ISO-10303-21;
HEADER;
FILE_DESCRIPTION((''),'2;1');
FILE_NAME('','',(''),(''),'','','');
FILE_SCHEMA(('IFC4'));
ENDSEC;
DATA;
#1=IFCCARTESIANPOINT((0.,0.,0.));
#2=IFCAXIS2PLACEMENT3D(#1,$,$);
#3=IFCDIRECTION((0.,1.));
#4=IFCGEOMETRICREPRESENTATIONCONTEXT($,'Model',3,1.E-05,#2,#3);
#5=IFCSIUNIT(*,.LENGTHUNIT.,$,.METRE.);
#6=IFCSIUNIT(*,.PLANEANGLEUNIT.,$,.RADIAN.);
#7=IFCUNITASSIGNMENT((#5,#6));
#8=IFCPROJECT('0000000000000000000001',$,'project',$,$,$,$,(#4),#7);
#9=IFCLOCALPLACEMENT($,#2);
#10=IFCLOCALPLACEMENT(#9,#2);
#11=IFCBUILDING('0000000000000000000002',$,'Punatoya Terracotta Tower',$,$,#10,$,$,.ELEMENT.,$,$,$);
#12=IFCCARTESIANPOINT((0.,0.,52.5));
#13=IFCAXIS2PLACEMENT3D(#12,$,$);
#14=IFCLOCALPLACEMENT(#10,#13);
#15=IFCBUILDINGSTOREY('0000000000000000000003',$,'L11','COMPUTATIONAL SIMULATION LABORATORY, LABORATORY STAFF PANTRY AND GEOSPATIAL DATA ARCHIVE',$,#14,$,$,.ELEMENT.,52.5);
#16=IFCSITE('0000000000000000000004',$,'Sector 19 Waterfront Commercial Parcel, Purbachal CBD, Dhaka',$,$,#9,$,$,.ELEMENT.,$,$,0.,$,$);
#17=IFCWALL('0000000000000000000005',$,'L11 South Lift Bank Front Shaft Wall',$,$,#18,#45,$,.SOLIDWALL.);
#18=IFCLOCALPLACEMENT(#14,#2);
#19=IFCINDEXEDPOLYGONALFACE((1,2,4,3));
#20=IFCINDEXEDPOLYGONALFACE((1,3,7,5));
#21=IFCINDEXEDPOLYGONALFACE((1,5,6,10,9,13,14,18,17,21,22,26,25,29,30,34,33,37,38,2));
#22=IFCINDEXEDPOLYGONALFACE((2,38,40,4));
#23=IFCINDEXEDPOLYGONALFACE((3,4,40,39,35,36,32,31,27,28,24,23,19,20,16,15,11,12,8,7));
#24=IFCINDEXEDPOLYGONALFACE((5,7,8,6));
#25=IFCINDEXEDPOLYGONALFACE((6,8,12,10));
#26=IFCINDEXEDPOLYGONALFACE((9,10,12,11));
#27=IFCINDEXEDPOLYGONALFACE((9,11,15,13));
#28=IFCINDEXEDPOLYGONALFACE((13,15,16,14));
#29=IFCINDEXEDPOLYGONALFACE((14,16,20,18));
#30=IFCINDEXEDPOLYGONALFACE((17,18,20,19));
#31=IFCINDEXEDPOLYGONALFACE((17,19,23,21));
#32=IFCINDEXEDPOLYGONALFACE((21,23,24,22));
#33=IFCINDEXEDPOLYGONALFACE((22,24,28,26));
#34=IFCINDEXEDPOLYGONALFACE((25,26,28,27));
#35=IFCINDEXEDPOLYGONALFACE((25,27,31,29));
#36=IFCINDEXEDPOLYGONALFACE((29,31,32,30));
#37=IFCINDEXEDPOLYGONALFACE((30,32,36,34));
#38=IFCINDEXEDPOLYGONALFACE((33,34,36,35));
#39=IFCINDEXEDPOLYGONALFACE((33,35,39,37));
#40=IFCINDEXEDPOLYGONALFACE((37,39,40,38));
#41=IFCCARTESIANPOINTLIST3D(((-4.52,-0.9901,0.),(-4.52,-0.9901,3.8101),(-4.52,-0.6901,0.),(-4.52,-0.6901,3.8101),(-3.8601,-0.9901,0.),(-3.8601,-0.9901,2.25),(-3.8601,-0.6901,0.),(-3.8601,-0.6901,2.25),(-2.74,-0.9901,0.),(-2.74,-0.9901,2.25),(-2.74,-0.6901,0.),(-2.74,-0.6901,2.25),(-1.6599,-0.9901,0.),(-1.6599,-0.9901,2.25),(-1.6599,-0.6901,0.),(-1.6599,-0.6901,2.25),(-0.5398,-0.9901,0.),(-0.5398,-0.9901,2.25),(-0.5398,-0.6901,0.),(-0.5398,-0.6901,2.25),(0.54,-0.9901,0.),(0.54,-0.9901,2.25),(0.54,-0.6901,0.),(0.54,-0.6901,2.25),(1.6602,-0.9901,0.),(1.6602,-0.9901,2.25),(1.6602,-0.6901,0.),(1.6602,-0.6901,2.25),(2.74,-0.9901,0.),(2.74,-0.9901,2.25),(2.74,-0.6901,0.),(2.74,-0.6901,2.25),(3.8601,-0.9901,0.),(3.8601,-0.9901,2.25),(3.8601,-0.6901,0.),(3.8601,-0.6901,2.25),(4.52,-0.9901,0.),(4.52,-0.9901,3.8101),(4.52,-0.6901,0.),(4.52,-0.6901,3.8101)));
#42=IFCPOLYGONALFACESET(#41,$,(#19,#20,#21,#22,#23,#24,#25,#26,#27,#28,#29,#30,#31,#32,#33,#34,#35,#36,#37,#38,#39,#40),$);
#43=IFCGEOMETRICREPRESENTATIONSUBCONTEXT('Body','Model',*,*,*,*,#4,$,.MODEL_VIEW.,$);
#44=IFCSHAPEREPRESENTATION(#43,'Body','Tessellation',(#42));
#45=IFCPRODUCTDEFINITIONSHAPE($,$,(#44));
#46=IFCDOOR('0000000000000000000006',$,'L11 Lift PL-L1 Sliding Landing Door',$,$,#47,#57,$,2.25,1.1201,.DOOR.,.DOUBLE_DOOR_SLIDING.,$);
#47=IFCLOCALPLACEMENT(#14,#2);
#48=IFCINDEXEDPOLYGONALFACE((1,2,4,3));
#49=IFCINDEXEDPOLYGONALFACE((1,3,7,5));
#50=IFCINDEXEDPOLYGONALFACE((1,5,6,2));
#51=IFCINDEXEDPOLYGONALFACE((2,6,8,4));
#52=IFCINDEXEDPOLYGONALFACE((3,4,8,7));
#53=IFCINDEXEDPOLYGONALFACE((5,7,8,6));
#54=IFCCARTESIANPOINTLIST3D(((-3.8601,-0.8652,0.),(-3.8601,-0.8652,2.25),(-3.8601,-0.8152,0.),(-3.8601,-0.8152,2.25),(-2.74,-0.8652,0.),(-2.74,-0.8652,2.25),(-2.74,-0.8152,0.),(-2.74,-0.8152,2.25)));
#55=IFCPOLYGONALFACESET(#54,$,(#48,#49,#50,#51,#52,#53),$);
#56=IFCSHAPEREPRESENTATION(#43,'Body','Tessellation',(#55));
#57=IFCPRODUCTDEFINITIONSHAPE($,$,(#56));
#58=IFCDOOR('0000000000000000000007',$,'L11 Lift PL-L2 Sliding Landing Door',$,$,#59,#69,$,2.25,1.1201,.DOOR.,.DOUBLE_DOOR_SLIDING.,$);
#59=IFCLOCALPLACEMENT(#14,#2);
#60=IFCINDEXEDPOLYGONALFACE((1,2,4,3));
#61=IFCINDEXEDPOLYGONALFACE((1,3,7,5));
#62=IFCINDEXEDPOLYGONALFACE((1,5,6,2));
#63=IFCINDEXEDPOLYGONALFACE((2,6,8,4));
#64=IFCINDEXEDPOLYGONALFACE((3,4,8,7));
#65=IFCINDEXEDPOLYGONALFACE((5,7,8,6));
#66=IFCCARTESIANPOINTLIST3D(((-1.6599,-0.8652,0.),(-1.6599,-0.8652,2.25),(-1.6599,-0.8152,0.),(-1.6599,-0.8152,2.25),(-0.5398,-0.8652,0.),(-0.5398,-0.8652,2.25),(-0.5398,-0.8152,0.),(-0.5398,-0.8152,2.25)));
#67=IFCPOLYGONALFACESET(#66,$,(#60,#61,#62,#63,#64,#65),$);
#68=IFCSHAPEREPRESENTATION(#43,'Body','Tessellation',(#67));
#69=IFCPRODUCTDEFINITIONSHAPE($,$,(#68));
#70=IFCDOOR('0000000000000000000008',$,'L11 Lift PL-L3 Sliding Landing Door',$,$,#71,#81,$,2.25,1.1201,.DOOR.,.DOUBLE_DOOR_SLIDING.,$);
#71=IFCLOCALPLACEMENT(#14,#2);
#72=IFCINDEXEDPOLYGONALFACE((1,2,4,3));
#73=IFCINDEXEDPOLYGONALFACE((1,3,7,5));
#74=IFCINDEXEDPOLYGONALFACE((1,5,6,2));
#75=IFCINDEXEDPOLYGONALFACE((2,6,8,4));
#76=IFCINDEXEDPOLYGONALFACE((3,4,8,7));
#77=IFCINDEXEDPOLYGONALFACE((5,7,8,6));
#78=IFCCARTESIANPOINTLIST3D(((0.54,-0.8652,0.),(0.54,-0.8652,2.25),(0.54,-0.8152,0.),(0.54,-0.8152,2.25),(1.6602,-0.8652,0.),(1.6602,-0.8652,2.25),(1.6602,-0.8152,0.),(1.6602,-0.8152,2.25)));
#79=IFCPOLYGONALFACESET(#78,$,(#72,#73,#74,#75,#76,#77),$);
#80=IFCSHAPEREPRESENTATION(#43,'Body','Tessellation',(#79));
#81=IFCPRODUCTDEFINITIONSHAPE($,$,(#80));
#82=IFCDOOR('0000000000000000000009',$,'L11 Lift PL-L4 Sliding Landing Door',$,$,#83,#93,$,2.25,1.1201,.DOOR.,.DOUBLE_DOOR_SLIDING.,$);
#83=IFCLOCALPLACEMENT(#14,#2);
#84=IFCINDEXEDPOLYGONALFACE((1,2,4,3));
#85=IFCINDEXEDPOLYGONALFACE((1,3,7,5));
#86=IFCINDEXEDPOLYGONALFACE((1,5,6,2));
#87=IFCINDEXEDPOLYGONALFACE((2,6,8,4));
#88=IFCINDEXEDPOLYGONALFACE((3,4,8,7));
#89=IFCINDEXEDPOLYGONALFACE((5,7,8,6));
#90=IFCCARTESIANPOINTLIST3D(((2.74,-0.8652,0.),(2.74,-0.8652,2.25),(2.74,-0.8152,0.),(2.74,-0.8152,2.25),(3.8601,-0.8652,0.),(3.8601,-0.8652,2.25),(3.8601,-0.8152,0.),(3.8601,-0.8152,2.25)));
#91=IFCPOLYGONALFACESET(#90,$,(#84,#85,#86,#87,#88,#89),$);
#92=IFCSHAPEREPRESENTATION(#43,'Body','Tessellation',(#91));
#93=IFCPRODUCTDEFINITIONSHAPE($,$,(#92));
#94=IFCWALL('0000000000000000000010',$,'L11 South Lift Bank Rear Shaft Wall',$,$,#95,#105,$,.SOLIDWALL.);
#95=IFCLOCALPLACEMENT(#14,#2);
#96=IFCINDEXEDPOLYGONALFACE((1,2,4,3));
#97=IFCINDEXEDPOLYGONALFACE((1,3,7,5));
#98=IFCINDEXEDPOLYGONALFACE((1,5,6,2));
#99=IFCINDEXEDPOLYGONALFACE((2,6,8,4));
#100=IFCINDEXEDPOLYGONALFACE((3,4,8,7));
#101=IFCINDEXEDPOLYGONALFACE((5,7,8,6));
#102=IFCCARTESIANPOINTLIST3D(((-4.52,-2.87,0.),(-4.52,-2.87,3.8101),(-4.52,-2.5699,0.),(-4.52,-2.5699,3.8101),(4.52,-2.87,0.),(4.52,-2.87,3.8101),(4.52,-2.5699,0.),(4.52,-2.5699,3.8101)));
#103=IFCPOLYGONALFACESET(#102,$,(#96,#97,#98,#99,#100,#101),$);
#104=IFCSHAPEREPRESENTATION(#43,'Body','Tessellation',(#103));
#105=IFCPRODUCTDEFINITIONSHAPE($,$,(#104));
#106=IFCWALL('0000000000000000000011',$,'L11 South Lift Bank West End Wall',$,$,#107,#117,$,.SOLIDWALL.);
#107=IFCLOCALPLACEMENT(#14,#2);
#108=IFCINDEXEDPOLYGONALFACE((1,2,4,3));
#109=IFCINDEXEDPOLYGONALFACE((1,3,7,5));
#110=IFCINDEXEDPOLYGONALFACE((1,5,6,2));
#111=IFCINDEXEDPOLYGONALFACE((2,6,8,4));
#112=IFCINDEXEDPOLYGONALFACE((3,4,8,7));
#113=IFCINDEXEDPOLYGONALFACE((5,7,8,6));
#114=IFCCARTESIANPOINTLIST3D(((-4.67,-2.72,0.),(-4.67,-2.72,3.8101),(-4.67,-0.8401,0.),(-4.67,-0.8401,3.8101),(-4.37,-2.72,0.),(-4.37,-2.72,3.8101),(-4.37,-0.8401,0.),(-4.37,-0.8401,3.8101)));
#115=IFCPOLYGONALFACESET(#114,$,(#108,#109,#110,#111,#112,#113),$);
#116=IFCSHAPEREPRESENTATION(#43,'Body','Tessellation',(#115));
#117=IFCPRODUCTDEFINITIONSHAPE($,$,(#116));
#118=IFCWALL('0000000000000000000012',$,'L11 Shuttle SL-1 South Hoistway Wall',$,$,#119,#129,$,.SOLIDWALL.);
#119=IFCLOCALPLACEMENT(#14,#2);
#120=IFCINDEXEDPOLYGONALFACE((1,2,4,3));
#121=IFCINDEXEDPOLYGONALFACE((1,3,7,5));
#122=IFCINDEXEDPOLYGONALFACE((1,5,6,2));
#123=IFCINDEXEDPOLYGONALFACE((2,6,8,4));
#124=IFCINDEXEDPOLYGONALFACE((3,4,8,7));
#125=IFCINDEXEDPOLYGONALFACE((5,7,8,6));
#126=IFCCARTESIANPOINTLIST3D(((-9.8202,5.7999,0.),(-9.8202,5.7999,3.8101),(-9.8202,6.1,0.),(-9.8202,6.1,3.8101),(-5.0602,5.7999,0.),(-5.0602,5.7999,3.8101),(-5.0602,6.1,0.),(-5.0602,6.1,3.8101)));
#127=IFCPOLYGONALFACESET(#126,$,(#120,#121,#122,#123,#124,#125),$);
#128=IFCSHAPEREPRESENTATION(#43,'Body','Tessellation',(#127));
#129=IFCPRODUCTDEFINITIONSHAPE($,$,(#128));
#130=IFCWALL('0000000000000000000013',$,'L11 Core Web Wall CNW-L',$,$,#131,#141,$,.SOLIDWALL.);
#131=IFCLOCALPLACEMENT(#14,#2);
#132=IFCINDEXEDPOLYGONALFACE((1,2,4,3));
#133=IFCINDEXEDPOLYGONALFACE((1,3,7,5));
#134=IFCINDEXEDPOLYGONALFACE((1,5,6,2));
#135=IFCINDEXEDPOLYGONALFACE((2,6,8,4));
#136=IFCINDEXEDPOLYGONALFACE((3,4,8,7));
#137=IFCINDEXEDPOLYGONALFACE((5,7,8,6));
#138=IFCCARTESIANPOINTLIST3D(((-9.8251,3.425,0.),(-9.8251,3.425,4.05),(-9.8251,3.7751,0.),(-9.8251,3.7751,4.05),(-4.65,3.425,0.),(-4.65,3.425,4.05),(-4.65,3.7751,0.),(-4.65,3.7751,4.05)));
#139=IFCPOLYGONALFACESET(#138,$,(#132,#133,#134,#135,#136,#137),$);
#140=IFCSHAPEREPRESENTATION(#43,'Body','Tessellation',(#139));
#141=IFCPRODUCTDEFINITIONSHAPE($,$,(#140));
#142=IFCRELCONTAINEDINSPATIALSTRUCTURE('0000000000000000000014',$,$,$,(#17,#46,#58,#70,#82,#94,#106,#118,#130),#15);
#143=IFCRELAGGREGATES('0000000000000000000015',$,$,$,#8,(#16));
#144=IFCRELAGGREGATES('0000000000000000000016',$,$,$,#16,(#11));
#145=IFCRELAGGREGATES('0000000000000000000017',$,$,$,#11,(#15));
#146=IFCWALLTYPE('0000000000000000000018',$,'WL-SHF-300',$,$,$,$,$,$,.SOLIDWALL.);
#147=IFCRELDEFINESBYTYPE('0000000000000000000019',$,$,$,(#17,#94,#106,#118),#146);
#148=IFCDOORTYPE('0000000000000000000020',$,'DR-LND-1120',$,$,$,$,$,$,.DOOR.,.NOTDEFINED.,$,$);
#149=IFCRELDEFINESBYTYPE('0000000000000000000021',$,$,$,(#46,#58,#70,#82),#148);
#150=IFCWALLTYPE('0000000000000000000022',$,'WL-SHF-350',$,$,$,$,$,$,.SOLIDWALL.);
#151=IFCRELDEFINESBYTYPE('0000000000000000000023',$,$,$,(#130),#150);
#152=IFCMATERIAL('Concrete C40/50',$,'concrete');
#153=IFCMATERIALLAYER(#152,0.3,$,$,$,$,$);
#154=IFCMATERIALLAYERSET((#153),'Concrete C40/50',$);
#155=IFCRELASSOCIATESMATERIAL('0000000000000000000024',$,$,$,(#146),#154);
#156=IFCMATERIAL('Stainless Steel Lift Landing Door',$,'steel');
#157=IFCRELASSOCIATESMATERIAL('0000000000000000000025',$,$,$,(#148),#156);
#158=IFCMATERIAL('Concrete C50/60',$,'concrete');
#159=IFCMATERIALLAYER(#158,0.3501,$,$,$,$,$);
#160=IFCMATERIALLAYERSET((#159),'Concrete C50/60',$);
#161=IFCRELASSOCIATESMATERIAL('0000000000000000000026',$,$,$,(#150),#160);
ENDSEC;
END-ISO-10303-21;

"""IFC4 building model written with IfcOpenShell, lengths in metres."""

from ifc_helpers import new_model, si_unit, direction, frame, frame_2d, origin, place, context, subcontext, project, spatial, rectangle, extrude, material, layer, layer_set, type_object, element, fill, save


model = new_model("IFC4")

# Units and contexts
model_context = context("Model", 3, precision=1e-05, world=origin(), true_north=direction((0.0, 1.0)))
body_context = subcontext(model_context, "Body", "Model", "MODEL_VIEW")
ifc_project = project(units=[si_unit("LENGTHUNIT", "METRE"), si_unit("PLANEANGLEUNIT", "RADIAN")], contexts=[model_context])

# Site, building, storey
site_placement = place(None, origin())
site = spatial("IfcSite", under=ifc_project, at=site_placement, Name="Sector 19 Waterfront Commercial Parcel, Purbachal CBD, Dhaka", CompositionType="ELEMENT", RefElevation=0.0)
building_placement = place(site_placement, origin())
building = spatial("IfcBuilding", under=site, at=building_placement, Name="Punatoya Terracotta Tower", CompositionType="ELEMENT")
storey_placement = place(building_placement, frame((0.0, 0.0, 52.5)))
storey = spatial("IfcBuildingStorey", under=building, at=storey_placement, Name="L11", Description="COMPUTATIONAL SIMULATION LABORATORY, LABORATORY STAFF PANTRY AND GEOSPATIAL DATA ARCHIVE", CompositionType="ELEMENT", Elevation=52.5)

# Shared definitions
ifc_material_1 = material(Name="Concrete C40/50", Category="concrete")

# Shared definitions
ifc_layer_1 = layer(ifc_material_1, 0.3)
ifc_layer_set_1 = layer_set([ifc_layer_1], Name="Concrete C40/50")
wall_type_1 = type_object("IfcWallType", Name="WL-SHF-300", PredefinedType="SOLIDWALL", material=ifc_layer_set_1)

# Wall, openings, doors
wall_1_placement = place(storey_placement, frame((-4.52, -0.8401, 0.0), z_axis=(0.0, 0.0, 1.0), x_axis=(1.0, 0.0, 0.0)))
wall_1 = element("IfcWall", 1, at=wall_1_placement, inside=storey, type_object=wall_type_1, Name="L11 South Lift Bank Front Shaft Wall", PredefinedType="SOLIDWALL", context=body_context, shape_type="SweptSolid", body=[
    extrude(rectangle(XDim=9.04, YDim=0.3, at=frame_2d((4.52, 0.0))), origin(), (0.0, 0.0, 1.0), 3.8101),
])
opening_1_placement = place(wall_1_placement, frame((0.6599, 0.0, 0.0)))
opening_1 = element("IfcOpeningElement", 2, at=opening_1_placement, cuts=wall_1, PredefinedType="OPENING", context=body_context, shape_type="SweptSolid", body=[
    extrude(rectangle(XDim=1.1201, YDim=2.25, at=frame_2d((0.5601, 1.125))), frame((0.0, 0.1599, 0.0), z_axis=(0.0, -1.0, 0.0), x_axis=(1.0, 0.0, 0.0)), (0.0, 0.0, 1.0), 0.3201),
])
opening_2_placement = place(wall_1_placement, frame((2.8601, 0.0, 0.0)))
opening_2 = element("IfcOpeningElement", 3, at=opening_2_placement, cuts=wall_1, PredefinedType="OPENING", context=body_context, shape_type="SweptSolid", body=[
    extrude(rectangle(XDim=1.1201, YDim=2.25, at=frame_2d((0.5601, 1.125))), frame((0.0, 0.1599, 0.0), z_axis=(0.0, -1.0, 0.0), x_axis=(1.0, 0.0, 0.0)), (0.0, 0.0, 1.0), 0.3201),
])
opening_3_placement = place(wall_1_placement, frame((5.0601, 0.0, 0.0)))
opening_3 = element("IfcOpeningElement", 4, at=opening_3_placement, cuts=wall_1, PredefinedType="OPENING", context=body_context, shape_type="SweptSolid", body=[
    extrude(rectangle(XDim=1.1201, YDim=2.25, at=frame_2d((0.5601, 1.125))), frame((0.0, 0.1599, 0.0), z_axis=(0.0, -1.0, 0.0), x_axis=(1.0, 0.0, 0.0)), (0.0, 0.0, 1.0), 0.3201),
])
opening_4_placement = place(wall_1_placement, frame((7.26, 0.0, 0.0)))
opening_4 = element("IfcOpeningElement", 5, at=opening_4_placement, cuts=wall_1, PredefinedType="OPENING", context=body_context, shape_type="SweptSolid", body=[
    extrude(rectangle(XDim=1.1201, YDim=2.25, at=frame_2d((0.5601, 1.125))), frame((0.0, 0.1599, 0.0), z_axis=(0.0, -1.0, 0.0), x_axis=(1.0, 0.0, 0.0)), (0.0, 0.0, 1.0), 0.3201),
])
ifc_material_2 = material(Name="Stainless Steel Lift Landing Door", Category="steel")
door_type_1 = type_object("IfcDoorType", Name="DR-LND-1120", OperationType="NOTDEFINED", PredefinedType="DOOR", material=ifc_material_2)
door_1_placement = place(opening_1_placement, origin())
door_1 = element("IfcDoor", 6, at=door_1_placement, inside=storey, type_object=door_type_1, Name="L11 Lift PL-L1 Sliding Landing Door", OperationType="DOUBLE_DOOR_SLIDING", OverallHeight=2.25, OverallWidth=1.1201, PredefinedType="DOOR", context=body_context, shape_type="SweptSolid", body=[
    extrude(rectangle(XDim=1.1201, YDim=2.25, at=frame_2d((0.5601, 1.125))), frame((0.0, 0.0249, 0.0), z_axis=(0.0, -1.0, 0.0), x_axis=(1.0, 0.0, 0.0)), (0.0, 0.0, 1.0), 0.05),
])
fill(opening_1, door_1)
door_2_placement = place(opening_2_placement, origin())
door_2 = element("IfcDoor", 7, at=door_2_placement, inside=storey, type_object=door_type_1, Name="L11 Lift PL-L2 Sliding Landing Door", OperationType="DOUBLE_DOOR_SLIDING", OverallHeight=2.25, OverallWidth=1.1201, PredefinedType="DOOR", context=body_context, shape_type="SweptSolid", body=[
    extrude(rectangle(XDim=1.1201, YDim=2.25, at=frame_2d((0.5601, 1.125))), frame((0.0, 0.0249, 0.0), z_axis=(0.0, -1.0, 0.0), x_axis=(1.0, 0.0, 0.0)), (0.0, 0.0, 1.0), 0.05),
])
fill(opening_2, door_2)
door_3_placement = place(opening_3_placement, origin())
door_3 = element("IfcDoor", 8, at=door_3_placement, inside=storey, type_object=door_type_1, Name="L11 Lift PL-L3 Sliding Landing Door", OperationType="DOUBLE_DOOR_SLIDING", OverallHeight=2.25, OverallWidth=1.1201, PredefinedType="DOOR", context=body_context, shape_type="SweptSolid", body=[
    extrude(rectangle(XDim=1.1201, YDim=2.25, at=frame_2d((0.5601, 1.125))), frame((0.0, 0.0249, 0.0), z_axis=(0.0, -1.0, 0.0), x_axis=(1.0, 0.0, 0.0)), (0.0, 0.0, 1.0), 0.05),
])
fill(opening_3, door_3)
door_4_placement = place(opening_4_placement, origin())
door_4 = element("IfcDoor", 9, at=door_4_placement, inside=storey, type_object=door_type_1, Name="L11 Lift PL-L4 Sliding Landing Door", OperationType="DOUBLE_DOOR_SLIDING", OverallHeight=2.25, OverallWidth=1.1201, PredefinedType="DOOR", context=body_context, shape_type="SweptSolid", body=[
    extrude(rectangle(XDim=1.1201, YDim=2.25, at=frame_2d((0.5601, 1.125))), frame((0.0, 0.0249, 0.0), z_axis=(0.0, -1.0, 0.0), x_axis=(1.0, 0.0, 0.0)), (0.0, 0.0, 1.0), 0.05),
])
fill(opening_4, door_4)

# Walls
wall_2_placement = place(storey_placement, frame((-4.52, -2.72, 0.0), z_axis=(0.0, 0.0, 1.0), x_axis=(1.0, 0.0, 0.0)))
element("IfcWall", 10, at=wall_2_placement, inside=storey, type_object=wall_type_1, Name="L11 South Lift Bank Rear Shaft Wall", PredefinedType="SOLIDWALL", context=body_context, shape_type="SweptSolid", body=[
    extrude(rectangle(XDim=9.04, YDim=0.3, at=frame_2d((4.52, 0.0))), origin(), (0.0, 0.0, 1.0), 3.8101),
])
wall_3_placement = place(storey_placement, frame((-4.52, -2.72, 0.0), z_axis=(0.0, 0.0, 1.0), x_axis=(0.0, 1.0, 0.0)))
element("IfcWall", 11, at=wall_3_placement, inside=storey, type_object=wall_type_1, Name="L11 South Lift Bank West End Wall", PredefinedType="SOLIDWALL", context=body_context, shape_type="SweptSolid", body=[
    extrude(rectangle(XDim=1.8799, YDim=0.3, at=frame_2d((0.9399, 0.0))), origin(), (0.0, 0.0, 1.0), 3.8101),
])
wall_4_placement = place(storey_placement, frame((-9.8201, 5.95, 0.0), z_axis=(0.0, 0.0, 1.0), x_axis=(1.0, 0.0, 0.0)))
element("IfcWall", 12, at=wall_4_placement, inside=storey, type_object=wall_type_1, Name="L11 Shuttle SL-1 South Hoistway Wall", PredefinedType="SOLIDWALL", context=body_context, shape_type="SweptSolid", body=[
    extrude(rectangle(XDim=4.76, YDim=0.3, at=frame_2d((2.3799, 0.0))), origin(), (0.0, 0.0, 1.0), 3.8101),
])
ifc_material_3 = material(Name="Concrete C50/60", Category="concrete")
ifc_layer_2 = layer(ifc_material_3, 0.3501)
ifc_layer_set_2 = layer_set([ifc_layer_2], Name="Concrete C50/60")
wall_type_2 = type_object("IfcWallType", Name="WL-SHF-350", PredefinedType="SOLIDWALL", material=ifc_layer_set_2)
wall_5_placement = place(storey_placement, frame((-9.825, 3.6001, 0.0), z_axis=(0.0, 0.0, 1.0), x_axis=(1.0, 0.0, 0.0)))
element("IfcWall", 13, at=wall_5_placement, inside=storey, type_object=wall_type_2, Name="L11 Core Web Wall CNW-L", PredefinedType="SOLIDWALL", context=body_context, shape_type="SweptSolid", body=[
    extrude(rectangle(XDim=5.175, YDim=0.3501, at=frame_2d((2.5874, 0.0))), origin(), (0.0, 0.0, 1.0), 4.05),
])

save(model, "model.ifc")
